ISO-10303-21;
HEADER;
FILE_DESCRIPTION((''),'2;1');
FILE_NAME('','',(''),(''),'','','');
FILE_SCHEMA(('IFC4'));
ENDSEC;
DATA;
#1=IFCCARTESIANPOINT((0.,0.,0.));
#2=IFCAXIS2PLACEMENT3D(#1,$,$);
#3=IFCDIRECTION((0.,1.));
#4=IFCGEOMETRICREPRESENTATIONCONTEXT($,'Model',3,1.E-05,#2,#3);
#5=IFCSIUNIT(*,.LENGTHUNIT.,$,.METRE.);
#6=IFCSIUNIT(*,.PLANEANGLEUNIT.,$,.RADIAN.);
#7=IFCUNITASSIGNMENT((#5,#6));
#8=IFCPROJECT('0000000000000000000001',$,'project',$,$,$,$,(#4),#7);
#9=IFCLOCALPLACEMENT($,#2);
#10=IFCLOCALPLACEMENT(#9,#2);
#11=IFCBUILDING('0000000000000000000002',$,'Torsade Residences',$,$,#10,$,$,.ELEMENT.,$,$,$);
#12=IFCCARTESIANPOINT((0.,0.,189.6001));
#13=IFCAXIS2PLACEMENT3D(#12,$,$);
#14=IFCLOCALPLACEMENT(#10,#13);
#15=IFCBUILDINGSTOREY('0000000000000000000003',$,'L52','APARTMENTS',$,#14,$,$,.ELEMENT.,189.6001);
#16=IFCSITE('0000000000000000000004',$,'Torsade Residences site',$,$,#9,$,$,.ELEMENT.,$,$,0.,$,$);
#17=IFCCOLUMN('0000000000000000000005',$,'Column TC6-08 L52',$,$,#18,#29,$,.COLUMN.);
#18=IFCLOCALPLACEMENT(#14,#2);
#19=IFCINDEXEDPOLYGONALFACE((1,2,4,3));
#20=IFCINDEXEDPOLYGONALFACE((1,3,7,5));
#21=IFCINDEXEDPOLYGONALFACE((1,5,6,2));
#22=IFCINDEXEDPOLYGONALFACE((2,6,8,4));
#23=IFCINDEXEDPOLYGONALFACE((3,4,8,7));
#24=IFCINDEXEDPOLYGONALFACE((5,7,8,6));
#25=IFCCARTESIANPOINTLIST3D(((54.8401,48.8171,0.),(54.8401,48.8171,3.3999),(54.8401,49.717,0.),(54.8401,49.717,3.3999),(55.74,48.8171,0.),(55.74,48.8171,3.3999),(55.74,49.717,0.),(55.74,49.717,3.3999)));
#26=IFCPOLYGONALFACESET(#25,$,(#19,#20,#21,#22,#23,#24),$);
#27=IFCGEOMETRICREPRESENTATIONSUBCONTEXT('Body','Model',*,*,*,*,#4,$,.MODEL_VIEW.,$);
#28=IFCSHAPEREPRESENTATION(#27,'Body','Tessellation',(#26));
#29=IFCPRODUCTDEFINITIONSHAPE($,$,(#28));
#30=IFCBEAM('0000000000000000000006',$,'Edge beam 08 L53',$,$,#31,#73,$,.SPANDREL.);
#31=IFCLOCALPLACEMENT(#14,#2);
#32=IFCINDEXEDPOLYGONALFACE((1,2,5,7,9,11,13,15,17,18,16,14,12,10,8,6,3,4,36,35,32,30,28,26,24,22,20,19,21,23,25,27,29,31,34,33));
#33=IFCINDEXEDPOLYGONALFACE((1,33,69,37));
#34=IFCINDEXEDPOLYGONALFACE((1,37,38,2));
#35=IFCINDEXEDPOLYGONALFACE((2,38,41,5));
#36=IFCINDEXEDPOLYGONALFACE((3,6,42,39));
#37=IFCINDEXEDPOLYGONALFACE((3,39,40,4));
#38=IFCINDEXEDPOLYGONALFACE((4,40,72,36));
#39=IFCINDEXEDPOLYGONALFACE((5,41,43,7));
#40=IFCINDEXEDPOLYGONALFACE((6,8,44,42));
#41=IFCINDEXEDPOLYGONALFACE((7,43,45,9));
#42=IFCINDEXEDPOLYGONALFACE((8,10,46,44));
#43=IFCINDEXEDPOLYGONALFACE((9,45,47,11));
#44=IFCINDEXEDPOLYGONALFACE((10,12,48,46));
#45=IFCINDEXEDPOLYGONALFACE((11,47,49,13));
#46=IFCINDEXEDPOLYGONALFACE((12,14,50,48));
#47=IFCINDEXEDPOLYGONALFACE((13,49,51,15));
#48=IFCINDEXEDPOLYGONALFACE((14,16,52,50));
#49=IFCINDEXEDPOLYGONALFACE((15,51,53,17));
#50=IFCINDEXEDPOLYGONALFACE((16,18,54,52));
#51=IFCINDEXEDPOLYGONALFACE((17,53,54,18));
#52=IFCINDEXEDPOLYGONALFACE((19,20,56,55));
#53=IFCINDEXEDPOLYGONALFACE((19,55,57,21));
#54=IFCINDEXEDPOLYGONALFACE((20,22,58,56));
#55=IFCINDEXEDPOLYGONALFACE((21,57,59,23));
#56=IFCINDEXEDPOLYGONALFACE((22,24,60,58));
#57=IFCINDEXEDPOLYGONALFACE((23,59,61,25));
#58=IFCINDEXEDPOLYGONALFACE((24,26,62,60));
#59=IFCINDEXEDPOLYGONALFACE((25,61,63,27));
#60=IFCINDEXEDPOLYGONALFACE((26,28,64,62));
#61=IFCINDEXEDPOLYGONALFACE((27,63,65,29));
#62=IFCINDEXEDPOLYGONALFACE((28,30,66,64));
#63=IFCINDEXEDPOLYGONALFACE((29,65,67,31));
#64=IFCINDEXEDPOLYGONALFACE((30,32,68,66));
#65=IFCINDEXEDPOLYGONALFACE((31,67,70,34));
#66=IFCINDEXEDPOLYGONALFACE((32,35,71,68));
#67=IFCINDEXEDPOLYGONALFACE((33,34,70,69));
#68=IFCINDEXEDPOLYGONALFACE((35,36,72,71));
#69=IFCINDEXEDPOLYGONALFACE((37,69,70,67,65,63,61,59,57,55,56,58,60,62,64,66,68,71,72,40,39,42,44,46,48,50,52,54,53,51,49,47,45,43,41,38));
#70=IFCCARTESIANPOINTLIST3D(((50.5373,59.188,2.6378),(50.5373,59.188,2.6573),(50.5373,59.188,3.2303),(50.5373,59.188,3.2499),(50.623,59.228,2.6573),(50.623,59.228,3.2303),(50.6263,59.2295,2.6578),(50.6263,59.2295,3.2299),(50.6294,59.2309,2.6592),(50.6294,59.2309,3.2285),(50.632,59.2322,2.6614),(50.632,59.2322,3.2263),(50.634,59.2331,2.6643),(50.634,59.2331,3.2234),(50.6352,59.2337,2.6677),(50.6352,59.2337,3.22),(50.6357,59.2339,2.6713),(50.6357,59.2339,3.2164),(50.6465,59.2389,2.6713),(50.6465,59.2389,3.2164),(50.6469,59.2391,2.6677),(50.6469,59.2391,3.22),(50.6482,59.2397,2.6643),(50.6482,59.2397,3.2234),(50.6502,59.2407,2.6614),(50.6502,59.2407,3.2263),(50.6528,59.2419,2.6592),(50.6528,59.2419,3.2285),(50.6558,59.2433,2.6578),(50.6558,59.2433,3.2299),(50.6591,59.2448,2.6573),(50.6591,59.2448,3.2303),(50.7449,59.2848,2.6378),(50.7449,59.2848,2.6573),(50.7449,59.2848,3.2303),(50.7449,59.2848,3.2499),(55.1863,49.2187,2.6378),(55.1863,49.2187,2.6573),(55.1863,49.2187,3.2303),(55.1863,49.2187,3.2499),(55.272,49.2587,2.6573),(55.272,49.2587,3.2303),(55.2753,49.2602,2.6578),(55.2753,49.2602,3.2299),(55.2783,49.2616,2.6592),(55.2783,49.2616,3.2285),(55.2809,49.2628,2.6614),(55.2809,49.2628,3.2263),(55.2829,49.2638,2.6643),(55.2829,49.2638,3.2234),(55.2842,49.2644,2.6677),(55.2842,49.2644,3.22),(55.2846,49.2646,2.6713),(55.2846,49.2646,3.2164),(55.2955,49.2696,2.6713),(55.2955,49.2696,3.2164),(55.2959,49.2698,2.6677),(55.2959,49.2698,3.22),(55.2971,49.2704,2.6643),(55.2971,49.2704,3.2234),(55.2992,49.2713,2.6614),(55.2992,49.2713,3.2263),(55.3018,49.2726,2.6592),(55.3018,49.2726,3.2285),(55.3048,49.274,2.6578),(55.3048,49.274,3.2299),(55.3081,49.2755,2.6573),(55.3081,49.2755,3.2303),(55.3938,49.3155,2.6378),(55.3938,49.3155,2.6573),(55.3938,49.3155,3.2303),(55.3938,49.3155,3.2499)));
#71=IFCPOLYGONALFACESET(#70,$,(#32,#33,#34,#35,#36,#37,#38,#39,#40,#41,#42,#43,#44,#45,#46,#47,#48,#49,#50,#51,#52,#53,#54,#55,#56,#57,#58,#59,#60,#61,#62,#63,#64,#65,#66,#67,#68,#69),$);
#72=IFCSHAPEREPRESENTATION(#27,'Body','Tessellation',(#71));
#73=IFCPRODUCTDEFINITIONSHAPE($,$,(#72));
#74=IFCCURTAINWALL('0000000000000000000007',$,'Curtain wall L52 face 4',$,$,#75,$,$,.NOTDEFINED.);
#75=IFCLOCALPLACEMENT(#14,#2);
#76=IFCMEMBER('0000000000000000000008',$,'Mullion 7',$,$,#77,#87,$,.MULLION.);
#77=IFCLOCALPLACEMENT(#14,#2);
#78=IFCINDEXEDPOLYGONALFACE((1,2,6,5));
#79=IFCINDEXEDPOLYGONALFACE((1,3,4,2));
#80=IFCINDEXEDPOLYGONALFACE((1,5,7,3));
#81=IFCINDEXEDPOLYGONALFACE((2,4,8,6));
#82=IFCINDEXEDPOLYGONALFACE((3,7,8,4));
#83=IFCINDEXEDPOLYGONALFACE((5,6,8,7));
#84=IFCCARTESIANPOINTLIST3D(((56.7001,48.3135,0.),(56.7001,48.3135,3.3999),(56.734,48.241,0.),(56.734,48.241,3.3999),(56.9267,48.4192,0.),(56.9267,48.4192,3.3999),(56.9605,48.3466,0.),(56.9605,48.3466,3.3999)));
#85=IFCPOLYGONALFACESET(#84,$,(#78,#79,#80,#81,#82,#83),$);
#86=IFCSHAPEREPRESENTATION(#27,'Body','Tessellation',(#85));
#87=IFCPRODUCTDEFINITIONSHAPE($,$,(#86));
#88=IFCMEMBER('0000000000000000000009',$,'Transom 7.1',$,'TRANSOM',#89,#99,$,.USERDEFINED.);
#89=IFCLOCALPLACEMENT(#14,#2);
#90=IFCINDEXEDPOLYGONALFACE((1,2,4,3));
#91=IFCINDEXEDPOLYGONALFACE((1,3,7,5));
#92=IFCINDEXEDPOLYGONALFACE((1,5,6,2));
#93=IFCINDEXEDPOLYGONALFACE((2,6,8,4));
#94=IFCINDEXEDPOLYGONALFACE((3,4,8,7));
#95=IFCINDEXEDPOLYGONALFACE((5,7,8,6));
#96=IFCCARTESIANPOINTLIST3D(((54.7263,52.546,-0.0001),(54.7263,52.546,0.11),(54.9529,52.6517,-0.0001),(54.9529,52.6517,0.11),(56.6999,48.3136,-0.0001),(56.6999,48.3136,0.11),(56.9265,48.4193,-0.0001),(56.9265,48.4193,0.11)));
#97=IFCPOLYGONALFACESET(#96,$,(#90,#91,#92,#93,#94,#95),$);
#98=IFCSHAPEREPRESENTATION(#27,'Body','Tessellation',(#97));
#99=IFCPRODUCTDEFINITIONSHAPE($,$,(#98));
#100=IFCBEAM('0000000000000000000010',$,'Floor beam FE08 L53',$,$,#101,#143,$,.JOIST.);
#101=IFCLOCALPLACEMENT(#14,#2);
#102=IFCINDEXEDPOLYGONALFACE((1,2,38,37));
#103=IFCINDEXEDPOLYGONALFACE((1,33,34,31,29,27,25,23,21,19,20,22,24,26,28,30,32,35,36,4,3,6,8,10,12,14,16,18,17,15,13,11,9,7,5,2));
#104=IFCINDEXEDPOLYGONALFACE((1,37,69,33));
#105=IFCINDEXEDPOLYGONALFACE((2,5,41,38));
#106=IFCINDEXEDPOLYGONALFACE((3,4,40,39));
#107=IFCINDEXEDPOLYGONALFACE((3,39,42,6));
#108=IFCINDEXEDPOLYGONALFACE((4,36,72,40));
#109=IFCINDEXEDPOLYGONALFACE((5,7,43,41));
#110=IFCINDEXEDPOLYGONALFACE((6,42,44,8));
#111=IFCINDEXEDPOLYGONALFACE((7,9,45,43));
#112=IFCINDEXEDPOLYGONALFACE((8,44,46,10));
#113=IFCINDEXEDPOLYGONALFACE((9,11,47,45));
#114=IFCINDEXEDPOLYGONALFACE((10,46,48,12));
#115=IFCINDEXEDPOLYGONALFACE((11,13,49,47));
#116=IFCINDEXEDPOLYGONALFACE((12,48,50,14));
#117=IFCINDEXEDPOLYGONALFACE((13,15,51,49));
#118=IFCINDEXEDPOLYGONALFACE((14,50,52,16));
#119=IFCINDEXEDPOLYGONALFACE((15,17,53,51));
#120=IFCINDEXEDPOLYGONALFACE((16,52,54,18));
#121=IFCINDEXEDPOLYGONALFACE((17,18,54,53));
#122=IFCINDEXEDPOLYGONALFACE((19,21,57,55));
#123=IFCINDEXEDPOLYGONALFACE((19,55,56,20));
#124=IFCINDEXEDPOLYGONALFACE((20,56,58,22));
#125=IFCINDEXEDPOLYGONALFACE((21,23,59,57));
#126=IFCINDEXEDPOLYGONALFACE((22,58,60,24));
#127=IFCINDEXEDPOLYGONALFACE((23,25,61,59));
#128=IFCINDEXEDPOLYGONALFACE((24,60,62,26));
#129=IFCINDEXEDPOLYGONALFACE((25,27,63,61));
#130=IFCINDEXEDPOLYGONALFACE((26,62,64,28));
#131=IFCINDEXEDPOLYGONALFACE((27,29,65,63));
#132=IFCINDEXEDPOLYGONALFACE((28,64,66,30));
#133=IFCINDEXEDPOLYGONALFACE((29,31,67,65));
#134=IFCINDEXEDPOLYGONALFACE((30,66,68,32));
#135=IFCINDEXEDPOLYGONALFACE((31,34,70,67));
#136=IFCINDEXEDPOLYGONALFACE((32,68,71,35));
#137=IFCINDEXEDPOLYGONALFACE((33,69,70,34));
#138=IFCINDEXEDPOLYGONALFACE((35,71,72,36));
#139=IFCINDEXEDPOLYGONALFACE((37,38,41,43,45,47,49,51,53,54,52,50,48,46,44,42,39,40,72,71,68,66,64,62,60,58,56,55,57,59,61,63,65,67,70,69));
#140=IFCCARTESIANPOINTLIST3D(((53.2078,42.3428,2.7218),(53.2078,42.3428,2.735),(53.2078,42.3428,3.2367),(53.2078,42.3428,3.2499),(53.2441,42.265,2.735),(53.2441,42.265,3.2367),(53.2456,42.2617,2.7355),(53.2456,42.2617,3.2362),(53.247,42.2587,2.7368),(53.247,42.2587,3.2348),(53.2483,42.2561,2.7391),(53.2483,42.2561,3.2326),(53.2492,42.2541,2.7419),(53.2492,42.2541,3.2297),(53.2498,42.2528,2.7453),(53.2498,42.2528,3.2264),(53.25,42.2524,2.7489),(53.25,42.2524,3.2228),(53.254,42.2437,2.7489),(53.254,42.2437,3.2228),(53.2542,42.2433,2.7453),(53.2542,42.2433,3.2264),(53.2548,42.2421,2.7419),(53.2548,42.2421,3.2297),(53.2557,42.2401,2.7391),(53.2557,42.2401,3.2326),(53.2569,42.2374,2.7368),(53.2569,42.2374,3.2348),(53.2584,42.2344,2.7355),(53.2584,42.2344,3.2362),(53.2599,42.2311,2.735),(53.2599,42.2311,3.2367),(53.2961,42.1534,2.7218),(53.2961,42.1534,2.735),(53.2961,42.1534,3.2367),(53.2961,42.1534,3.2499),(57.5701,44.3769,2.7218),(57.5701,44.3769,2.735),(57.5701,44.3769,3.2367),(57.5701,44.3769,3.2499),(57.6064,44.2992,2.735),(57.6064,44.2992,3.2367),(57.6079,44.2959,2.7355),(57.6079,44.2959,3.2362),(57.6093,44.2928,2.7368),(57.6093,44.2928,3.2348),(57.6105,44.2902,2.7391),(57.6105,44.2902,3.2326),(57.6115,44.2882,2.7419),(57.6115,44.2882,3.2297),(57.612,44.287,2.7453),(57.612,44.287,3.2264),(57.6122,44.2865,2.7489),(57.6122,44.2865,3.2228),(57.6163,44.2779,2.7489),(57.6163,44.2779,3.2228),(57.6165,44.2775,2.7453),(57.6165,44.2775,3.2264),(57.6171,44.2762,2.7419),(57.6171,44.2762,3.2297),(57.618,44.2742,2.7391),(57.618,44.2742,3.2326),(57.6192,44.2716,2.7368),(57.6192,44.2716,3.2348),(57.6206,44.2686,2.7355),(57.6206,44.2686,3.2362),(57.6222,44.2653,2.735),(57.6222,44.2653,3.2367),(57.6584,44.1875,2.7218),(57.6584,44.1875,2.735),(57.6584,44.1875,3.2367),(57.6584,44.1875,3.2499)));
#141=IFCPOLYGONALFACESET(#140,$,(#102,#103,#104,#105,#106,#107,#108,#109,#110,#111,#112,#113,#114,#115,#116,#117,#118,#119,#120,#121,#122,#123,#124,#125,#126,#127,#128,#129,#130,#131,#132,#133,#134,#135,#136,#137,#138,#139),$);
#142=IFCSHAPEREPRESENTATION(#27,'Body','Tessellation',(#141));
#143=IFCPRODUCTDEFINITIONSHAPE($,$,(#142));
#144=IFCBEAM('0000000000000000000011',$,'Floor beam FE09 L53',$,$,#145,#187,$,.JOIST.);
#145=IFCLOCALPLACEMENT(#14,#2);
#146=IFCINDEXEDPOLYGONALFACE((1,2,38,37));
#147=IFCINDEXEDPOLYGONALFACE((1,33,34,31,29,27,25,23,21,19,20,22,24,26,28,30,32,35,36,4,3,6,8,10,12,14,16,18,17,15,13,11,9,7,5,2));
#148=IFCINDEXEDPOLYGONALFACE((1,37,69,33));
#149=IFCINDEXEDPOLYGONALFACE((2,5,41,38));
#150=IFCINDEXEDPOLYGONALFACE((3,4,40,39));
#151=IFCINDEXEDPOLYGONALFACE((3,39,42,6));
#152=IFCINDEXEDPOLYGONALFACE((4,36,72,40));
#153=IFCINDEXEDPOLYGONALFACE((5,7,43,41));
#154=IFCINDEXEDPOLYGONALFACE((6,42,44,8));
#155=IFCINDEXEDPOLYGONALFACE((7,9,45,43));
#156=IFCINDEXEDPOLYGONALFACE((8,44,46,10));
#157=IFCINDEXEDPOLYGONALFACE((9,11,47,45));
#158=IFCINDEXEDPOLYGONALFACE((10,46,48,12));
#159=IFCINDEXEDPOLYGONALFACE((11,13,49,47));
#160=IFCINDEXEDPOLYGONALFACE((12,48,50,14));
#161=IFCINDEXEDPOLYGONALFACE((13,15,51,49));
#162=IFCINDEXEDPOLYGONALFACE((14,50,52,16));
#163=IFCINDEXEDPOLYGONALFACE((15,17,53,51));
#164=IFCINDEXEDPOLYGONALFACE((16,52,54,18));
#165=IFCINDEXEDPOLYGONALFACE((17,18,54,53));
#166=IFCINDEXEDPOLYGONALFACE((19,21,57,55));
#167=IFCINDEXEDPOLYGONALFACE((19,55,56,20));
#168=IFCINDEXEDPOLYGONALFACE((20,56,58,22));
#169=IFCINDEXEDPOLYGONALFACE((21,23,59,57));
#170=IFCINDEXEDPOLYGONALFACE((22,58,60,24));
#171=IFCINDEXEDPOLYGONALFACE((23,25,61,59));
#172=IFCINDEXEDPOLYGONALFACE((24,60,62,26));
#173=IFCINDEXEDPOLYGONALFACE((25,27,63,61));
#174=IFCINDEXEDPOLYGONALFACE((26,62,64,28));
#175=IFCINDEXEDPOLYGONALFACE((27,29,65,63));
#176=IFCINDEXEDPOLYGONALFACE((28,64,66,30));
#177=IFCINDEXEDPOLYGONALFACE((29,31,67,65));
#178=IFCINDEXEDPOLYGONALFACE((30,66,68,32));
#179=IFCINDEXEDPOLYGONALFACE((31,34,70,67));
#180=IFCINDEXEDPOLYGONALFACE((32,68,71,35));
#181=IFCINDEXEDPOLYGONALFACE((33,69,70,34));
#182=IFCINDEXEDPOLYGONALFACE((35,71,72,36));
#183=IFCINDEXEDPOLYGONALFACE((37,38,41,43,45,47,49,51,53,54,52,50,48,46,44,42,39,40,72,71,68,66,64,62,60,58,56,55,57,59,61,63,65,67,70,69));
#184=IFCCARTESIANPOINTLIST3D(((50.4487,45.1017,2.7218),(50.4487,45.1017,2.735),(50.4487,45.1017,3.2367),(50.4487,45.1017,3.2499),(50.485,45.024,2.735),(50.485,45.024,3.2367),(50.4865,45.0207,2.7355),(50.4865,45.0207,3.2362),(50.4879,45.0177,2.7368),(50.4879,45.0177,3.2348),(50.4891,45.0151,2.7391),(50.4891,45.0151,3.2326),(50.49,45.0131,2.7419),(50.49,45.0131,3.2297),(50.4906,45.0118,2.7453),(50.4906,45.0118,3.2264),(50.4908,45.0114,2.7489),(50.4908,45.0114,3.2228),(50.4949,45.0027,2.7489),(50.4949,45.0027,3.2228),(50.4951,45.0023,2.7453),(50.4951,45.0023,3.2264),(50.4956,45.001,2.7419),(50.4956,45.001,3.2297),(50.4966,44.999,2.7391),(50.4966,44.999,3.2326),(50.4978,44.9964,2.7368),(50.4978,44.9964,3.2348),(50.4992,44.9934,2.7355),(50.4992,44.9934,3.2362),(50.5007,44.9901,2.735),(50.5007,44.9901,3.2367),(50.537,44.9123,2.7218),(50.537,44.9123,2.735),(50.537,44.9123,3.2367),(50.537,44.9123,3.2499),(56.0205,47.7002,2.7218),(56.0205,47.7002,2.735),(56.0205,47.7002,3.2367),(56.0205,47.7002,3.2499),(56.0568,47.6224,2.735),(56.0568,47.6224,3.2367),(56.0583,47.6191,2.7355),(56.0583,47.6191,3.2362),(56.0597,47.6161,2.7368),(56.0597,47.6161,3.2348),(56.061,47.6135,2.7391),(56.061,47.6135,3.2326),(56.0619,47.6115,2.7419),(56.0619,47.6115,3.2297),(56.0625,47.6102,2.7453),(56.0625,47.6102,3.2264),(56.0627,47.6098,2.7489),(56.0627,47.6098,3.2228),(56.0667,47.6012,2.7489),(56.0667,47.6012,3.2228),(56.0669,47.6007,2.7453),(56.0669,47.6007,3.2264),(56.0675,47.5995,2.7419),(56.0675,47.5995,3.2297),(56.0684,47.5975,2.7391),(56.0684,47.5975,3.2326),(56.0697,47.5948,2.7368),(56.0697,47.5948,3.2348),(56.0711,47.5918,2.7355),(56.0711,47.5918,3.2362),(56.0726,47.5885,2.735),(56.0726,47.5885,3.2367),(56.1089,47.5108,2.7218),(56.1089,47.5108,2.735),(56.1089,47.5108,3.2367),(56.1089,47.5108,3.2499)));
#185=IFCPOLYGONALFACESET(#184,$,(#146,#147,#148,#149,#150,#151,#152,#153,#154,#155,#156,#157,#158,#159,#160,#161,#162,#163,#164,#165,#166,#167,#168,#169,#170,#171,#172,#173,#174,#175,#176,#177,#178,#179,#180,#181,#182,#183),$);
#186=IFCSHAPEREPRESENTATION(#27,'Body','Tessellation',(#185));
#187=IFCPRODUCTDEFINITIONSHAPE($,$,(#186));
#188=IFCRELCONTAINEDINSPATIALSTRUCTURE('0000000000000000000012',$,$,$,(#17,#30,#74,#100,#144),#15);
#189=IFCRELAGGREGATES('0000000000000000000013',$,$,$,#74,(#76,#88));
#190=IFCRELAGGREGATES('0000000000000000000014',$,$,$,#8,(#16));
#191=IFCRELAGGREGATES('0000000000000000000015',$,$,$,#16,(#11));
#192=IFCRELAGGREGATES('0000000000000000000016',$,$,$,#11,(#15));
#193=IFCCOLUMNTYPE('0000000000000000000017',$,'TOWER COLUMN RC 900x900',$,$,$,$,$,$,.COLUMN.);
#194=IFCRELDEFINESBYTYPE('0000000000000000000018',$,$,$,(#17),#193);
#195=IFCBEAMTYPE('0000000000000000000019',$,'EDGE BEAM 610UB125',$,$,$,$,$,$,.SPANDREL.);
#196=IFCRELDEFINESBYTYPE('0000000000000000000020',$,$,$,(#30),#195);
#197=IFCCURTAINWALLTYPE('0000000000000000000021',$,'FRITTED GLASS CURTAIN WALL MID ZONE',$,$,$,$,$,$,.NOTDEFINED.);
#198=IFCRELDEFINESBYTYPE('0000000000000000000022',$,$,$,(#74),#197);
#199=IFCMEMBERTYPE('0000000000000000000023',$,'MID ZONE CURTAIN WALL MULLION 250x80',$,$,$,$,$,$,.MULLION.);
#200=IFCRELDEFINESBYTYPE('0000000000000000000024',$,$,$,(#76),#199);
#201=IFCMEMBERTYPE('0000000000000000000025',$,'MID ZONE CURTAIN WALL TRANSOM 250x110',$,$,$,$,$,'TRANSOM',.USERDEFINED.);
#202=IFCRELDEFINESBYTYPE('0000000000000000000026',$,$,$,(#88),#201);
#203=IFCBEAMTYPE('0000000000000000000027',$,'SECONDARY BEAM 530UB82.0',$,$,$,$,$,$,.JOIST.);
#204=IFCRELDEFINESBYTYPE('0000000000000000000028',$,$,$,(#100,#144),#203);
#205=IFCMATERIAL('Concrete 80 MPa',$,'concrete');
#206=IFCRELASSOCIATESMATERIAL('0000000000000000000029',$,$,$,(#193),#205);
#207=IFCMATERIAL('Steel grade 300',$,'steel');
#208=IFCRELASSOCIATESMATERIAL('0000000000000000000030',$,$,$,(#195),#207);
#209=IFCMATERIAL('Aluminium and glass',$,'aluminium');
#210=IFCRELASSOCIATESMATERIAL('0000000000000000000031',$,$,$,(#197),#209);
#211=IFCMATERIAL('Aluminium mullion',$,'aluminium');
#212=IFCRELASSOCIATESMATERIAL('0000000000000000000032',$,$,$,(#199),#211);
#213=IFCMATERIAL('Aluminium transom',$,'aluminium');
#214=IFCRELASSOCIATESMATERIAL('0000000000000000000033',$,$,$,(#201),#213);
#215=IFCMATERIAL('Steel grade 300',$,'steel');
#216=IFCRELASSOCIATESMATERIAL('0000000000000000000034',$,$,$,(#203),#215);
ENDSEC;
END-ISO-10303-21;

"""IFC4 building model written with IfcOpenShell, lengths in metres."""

from ifc_helpers import new_model, si_unit, direction, frame, origin, origin_2d, place, context, subcontext, project, spatial, rectangle, i_section, extrude, material, material_profile, profile_set, type_object, element, aggregate, save


model = new_model("IFC4")

# Units and contexts
model_context = context("Model", 3, precision=1e-05, world=origin(), true_north=direction((0.0, 1.0)))
body_context = subcontext(model_context, "Body", "Model", "MODEL_VIEW")
ifc_project = project(units=[si_unit("LENGTHUNIT", "METRE"), si_unit("PLANEANGLEUNIT", "RADIAN")], contexts=[model_context])

# Site, building, storey
site_placement = place(None, origin())
site = spatial("IfcSite", under=ifc_project, at=site_placement, Name="Torsade Residences site", CompositionType="ELEMENT", RefElevation=0.0)
building_placement = place(site_placement, origin())
building = spatial("IfcBuilding", under=site, at=building_placement, Name="Torsade Residences", CompositionType="ELEMENT")
storey_placement = place(building_placement, frame((0.0, 0.0, 189.6001)))
storey = spatial("IfcBuildingStorey", under=building, at=storey_placement, Name="L52", Description="APARTMENTS", CompositionType="ELEMENT", Elevation=189.6001)

# Column
ifc_material_1 = material(Name="Concrete 80 MPa", Category="concrete")
ifc_material_profile_1 = material_profile(ifc_material_1, rectangle(XDim=0.8999, YDim=0.8999, at=origin_2d()), Name="RC 900x900")
ifc_profile_set_1 = profile_set([ifc_material_profile_1], Name="Concrete 80 MPa")
column_type = type_object("IfcColumnType", Name="TOWER COLUMN RC 900x900", PredefinedType="COLUMN", material=ifc_profile_set_1)
column_placement = place(storey_placement, frame((55.29, 49.2671, 0.0), z_axis=(0.0, 0.0, 1.0), x_axis=(1.0, 0.0, 0.0)))
element("IfcColumn", 1, at=column_placement, inside=storey, type_object=column_type, Name="Column TC6-08 L52", PredefinedType="COLUMN", context=body_context, shape_type="SweptSolid", body=[
    extrude(rectangle(XDim=0.8999, YDim=0.8999, at=origin_2d()), origin(), (0.0, 0.0, 1.0), 3.3999),
])

# Beam
ifc_material_2 = material(Name="Steel grade 300", Category="steel")
ifc_material_profile_2 = material_profile(ifc_material_2, i_section(OverallWidth=0.229, OverallDepth=0.6121, WebThickness=0.012, FlangeThickness=0.0195, FilletRadius=0.0139, at=origin_2d()), Name="610UB125")
ifc_profile_set_2 = profile_set([ifc_material_profile_2], Name="Steel grade 300")
beam_type_1 = type_object("IfcBeamType", Name="EDGE BEAM 610UB125", PredefinedType="SPANDREL", material=ifc_profile_set_2)
beam_1_placement = place(storey_placement, frame((55.29, 49.2671, 2.9438), z_axis=(-0.422633, 0.906301, 0.0), x_axis=(-0.906301, -0.422633, 0.0)))
element("IfcBeam", 2, at=beam_1_placement, inside=storey, type_object=beam_type_1, Name="Edge beam 08 L53", PredefinedType="SPANDREL", context=body_context, shape_type="SweptSolid", body=[
    extrude(i_section(OverallWidth=0.229, OverallDepth=0.6121, WebThickness=0.012, FlangeThickness=0.0195, FilletRadius=0.0139, at=origin_2d()), origin(), (0.0, 0.0, 1.0), 11.0),
])

# Curtain wall, members
ifc_material_3 = material(Name="Aluminium and glass", Category="aluminium")
curtain_wall_type = type_object("IfcCurtainWallType", Name="FRITTED GLASS CURTAIN WALL MID ZONE", PredefinedType="NOTDEFINED", material=ifc_material_3)
curtain_wall_placement = place(storey_placement, origin())
curtain_wall = element("IfcCurtainWall", 3, at=curtain_wall_placement, inside=storey, type_object=curtain_wall_type, Name="Curtain wall L52 face 4", PredefinedType="NOTDEFINED")
ifc_material_4 = material(Name="Aluminium mullion", Category="aluminium")
ifc_material_profile_3 = material_profile(ifc_material_4, rectangle(XDim=0.25, YDim=0.0801, at=origin_2d()), Name="MID ZONE CURTAIN WALL MULLION 250x80")
ifc_profile_set_3 = profile_set([ifc_material_profile_3], Name="Aluminium mullion")
member_type_1 = type_object("IfcMemberType", Name="MID ZONE CURTAIN WALL MULLION 250x80", PredefinedType="MULLION", material=ifc_profile_set_3)
member_1_placement = place(storey_placement, frame((56.8303, 48.3301, 0.0), z_axis=(0.0, 0.0, 1.0), x_axis=(-0.906308, -0.422618, 0.0)))
member_1 = element("IfcMember", 4, at=member_1_placement, type_object=member_type_1, Name="Mullion 7", PredefinedType="MULLION", context=body_context, shape_type="SweptSolid", body=[
    extrude(rectangle(XDim=0.25, YDim=0.0801, at=origin_2d()), origin(), (0.0, 0.0, 1.0), 3.3999),
])
ifc_material_5 = material(Name="Aluminium transom", Category="aluminium")
ifc_material_profile_4 = material_profile(ifc_material_5, rectangle(XDim=0.25, YDim=0.1101, at=origin_2d()), Name="MID ZONE CURTAIN WALL TRANSOM 250x110")
ifc_profile_set_4 = profile_set([ifc_material_profile_4], Name="Aluminium transom")
member_type_2 = type_object("IfcMemberType", Name="MID ZONE CURTAIN WALL TRANSOM 250x110", ElementType="TRANSOM", PredefinedType="USERDEFINED", material=ifc_profile_set_4)
member_2_placement = place(storey_placement, frame((56.8132, 48.3665, 0.0549), z_axis=(-0.422622, 0.906306, 0.0), x_axis=(-0.906306, -0.422622, 0.0)))
member_2 = element("IfcMember", 5, at=member_2_placement, type_object=member_type_2, Name="Transom 7.1", ObjectType="TRANSOM", PredefinedType="USERDEFINED", context=body_context, shape_type="SweptSolid", body=[
    extrude(rectangle(XDim=0.25, YDim=0.1101, at=origin_2d()), origin(), (0.0, 0.0, 1.0), 4.6699),
])

# Beams
ifc_material_6 = material(Name="Steel grade 300", Category="steel")
ifc_material_profile_5 = material_profile(ifc_material_6, i_section(OverallWidth=0.209, OverallDepth=0.5281, WebThickness=0.0095, FlangeThickness=0.0132, FilletRadius=0.0139, at=origin_2d()), Name="530UB82.0")
ifc_profile_set_5 = profile_set([ifc_material_profile_5], Name="Steel grade 300")
beam_type_2 = type_object("IfcBeamType", Name="SECONDARY BEAM 530UB82.0", PredefinedType="JOIST", material=ifc_profile_set_5)
beam_2_placement = place(storey_placement, frame((57.6143, 44.2822, 2.9858), z_axis=(-0.906308, -0.422619, 0.0), x_axis=(0.422619, -0.906308, 0.0)))
element("IfcBeam", 6, at=beam_2_placement, inside=storey, type_object=beam_type_2, Name="Floor beam FE08 L53", PredefinedType="JOIST", context=body_context, shape_type="SweptSolid", body=[
    extrude(i_section(OverallWidth=0.209, OverallDepth=0.5281, WebThickness=0.0095, FlangeThickness=0.0132, FilletRadius=0.0139, at=origin_2d()), origin(), (0.0, 0.0, 1.0), 4.8132),
])
beam_3_placement = place(storey_placement, frame((56.0647, 47.6055, 2.9858), z_axis=(-0.906294, -0.422648, 0.0), x_axis=(0.422648, -0.906294, 0.0)))
element("IfcBeam", 7, at=beam_3_placement, inside=storey, type_object=beam_type_2, Name="Floor beam FE09 L53", PredefinedType="JOIST", context=body_context, shape_type="SweptSolid", body=[
    extrude(i_section(OverallWidth=0.209, OverallDepth=0.5281, WebThickness=0.0095, FlangeThickness=0.0132, FilletRadius=0.0139, at=origin_2d()), origin(), (0.0, 0.0, 1.0), 6.1479),
])

aggregate(curtain_wall, [member_1, member_2])

save(model, "model.ifc")
